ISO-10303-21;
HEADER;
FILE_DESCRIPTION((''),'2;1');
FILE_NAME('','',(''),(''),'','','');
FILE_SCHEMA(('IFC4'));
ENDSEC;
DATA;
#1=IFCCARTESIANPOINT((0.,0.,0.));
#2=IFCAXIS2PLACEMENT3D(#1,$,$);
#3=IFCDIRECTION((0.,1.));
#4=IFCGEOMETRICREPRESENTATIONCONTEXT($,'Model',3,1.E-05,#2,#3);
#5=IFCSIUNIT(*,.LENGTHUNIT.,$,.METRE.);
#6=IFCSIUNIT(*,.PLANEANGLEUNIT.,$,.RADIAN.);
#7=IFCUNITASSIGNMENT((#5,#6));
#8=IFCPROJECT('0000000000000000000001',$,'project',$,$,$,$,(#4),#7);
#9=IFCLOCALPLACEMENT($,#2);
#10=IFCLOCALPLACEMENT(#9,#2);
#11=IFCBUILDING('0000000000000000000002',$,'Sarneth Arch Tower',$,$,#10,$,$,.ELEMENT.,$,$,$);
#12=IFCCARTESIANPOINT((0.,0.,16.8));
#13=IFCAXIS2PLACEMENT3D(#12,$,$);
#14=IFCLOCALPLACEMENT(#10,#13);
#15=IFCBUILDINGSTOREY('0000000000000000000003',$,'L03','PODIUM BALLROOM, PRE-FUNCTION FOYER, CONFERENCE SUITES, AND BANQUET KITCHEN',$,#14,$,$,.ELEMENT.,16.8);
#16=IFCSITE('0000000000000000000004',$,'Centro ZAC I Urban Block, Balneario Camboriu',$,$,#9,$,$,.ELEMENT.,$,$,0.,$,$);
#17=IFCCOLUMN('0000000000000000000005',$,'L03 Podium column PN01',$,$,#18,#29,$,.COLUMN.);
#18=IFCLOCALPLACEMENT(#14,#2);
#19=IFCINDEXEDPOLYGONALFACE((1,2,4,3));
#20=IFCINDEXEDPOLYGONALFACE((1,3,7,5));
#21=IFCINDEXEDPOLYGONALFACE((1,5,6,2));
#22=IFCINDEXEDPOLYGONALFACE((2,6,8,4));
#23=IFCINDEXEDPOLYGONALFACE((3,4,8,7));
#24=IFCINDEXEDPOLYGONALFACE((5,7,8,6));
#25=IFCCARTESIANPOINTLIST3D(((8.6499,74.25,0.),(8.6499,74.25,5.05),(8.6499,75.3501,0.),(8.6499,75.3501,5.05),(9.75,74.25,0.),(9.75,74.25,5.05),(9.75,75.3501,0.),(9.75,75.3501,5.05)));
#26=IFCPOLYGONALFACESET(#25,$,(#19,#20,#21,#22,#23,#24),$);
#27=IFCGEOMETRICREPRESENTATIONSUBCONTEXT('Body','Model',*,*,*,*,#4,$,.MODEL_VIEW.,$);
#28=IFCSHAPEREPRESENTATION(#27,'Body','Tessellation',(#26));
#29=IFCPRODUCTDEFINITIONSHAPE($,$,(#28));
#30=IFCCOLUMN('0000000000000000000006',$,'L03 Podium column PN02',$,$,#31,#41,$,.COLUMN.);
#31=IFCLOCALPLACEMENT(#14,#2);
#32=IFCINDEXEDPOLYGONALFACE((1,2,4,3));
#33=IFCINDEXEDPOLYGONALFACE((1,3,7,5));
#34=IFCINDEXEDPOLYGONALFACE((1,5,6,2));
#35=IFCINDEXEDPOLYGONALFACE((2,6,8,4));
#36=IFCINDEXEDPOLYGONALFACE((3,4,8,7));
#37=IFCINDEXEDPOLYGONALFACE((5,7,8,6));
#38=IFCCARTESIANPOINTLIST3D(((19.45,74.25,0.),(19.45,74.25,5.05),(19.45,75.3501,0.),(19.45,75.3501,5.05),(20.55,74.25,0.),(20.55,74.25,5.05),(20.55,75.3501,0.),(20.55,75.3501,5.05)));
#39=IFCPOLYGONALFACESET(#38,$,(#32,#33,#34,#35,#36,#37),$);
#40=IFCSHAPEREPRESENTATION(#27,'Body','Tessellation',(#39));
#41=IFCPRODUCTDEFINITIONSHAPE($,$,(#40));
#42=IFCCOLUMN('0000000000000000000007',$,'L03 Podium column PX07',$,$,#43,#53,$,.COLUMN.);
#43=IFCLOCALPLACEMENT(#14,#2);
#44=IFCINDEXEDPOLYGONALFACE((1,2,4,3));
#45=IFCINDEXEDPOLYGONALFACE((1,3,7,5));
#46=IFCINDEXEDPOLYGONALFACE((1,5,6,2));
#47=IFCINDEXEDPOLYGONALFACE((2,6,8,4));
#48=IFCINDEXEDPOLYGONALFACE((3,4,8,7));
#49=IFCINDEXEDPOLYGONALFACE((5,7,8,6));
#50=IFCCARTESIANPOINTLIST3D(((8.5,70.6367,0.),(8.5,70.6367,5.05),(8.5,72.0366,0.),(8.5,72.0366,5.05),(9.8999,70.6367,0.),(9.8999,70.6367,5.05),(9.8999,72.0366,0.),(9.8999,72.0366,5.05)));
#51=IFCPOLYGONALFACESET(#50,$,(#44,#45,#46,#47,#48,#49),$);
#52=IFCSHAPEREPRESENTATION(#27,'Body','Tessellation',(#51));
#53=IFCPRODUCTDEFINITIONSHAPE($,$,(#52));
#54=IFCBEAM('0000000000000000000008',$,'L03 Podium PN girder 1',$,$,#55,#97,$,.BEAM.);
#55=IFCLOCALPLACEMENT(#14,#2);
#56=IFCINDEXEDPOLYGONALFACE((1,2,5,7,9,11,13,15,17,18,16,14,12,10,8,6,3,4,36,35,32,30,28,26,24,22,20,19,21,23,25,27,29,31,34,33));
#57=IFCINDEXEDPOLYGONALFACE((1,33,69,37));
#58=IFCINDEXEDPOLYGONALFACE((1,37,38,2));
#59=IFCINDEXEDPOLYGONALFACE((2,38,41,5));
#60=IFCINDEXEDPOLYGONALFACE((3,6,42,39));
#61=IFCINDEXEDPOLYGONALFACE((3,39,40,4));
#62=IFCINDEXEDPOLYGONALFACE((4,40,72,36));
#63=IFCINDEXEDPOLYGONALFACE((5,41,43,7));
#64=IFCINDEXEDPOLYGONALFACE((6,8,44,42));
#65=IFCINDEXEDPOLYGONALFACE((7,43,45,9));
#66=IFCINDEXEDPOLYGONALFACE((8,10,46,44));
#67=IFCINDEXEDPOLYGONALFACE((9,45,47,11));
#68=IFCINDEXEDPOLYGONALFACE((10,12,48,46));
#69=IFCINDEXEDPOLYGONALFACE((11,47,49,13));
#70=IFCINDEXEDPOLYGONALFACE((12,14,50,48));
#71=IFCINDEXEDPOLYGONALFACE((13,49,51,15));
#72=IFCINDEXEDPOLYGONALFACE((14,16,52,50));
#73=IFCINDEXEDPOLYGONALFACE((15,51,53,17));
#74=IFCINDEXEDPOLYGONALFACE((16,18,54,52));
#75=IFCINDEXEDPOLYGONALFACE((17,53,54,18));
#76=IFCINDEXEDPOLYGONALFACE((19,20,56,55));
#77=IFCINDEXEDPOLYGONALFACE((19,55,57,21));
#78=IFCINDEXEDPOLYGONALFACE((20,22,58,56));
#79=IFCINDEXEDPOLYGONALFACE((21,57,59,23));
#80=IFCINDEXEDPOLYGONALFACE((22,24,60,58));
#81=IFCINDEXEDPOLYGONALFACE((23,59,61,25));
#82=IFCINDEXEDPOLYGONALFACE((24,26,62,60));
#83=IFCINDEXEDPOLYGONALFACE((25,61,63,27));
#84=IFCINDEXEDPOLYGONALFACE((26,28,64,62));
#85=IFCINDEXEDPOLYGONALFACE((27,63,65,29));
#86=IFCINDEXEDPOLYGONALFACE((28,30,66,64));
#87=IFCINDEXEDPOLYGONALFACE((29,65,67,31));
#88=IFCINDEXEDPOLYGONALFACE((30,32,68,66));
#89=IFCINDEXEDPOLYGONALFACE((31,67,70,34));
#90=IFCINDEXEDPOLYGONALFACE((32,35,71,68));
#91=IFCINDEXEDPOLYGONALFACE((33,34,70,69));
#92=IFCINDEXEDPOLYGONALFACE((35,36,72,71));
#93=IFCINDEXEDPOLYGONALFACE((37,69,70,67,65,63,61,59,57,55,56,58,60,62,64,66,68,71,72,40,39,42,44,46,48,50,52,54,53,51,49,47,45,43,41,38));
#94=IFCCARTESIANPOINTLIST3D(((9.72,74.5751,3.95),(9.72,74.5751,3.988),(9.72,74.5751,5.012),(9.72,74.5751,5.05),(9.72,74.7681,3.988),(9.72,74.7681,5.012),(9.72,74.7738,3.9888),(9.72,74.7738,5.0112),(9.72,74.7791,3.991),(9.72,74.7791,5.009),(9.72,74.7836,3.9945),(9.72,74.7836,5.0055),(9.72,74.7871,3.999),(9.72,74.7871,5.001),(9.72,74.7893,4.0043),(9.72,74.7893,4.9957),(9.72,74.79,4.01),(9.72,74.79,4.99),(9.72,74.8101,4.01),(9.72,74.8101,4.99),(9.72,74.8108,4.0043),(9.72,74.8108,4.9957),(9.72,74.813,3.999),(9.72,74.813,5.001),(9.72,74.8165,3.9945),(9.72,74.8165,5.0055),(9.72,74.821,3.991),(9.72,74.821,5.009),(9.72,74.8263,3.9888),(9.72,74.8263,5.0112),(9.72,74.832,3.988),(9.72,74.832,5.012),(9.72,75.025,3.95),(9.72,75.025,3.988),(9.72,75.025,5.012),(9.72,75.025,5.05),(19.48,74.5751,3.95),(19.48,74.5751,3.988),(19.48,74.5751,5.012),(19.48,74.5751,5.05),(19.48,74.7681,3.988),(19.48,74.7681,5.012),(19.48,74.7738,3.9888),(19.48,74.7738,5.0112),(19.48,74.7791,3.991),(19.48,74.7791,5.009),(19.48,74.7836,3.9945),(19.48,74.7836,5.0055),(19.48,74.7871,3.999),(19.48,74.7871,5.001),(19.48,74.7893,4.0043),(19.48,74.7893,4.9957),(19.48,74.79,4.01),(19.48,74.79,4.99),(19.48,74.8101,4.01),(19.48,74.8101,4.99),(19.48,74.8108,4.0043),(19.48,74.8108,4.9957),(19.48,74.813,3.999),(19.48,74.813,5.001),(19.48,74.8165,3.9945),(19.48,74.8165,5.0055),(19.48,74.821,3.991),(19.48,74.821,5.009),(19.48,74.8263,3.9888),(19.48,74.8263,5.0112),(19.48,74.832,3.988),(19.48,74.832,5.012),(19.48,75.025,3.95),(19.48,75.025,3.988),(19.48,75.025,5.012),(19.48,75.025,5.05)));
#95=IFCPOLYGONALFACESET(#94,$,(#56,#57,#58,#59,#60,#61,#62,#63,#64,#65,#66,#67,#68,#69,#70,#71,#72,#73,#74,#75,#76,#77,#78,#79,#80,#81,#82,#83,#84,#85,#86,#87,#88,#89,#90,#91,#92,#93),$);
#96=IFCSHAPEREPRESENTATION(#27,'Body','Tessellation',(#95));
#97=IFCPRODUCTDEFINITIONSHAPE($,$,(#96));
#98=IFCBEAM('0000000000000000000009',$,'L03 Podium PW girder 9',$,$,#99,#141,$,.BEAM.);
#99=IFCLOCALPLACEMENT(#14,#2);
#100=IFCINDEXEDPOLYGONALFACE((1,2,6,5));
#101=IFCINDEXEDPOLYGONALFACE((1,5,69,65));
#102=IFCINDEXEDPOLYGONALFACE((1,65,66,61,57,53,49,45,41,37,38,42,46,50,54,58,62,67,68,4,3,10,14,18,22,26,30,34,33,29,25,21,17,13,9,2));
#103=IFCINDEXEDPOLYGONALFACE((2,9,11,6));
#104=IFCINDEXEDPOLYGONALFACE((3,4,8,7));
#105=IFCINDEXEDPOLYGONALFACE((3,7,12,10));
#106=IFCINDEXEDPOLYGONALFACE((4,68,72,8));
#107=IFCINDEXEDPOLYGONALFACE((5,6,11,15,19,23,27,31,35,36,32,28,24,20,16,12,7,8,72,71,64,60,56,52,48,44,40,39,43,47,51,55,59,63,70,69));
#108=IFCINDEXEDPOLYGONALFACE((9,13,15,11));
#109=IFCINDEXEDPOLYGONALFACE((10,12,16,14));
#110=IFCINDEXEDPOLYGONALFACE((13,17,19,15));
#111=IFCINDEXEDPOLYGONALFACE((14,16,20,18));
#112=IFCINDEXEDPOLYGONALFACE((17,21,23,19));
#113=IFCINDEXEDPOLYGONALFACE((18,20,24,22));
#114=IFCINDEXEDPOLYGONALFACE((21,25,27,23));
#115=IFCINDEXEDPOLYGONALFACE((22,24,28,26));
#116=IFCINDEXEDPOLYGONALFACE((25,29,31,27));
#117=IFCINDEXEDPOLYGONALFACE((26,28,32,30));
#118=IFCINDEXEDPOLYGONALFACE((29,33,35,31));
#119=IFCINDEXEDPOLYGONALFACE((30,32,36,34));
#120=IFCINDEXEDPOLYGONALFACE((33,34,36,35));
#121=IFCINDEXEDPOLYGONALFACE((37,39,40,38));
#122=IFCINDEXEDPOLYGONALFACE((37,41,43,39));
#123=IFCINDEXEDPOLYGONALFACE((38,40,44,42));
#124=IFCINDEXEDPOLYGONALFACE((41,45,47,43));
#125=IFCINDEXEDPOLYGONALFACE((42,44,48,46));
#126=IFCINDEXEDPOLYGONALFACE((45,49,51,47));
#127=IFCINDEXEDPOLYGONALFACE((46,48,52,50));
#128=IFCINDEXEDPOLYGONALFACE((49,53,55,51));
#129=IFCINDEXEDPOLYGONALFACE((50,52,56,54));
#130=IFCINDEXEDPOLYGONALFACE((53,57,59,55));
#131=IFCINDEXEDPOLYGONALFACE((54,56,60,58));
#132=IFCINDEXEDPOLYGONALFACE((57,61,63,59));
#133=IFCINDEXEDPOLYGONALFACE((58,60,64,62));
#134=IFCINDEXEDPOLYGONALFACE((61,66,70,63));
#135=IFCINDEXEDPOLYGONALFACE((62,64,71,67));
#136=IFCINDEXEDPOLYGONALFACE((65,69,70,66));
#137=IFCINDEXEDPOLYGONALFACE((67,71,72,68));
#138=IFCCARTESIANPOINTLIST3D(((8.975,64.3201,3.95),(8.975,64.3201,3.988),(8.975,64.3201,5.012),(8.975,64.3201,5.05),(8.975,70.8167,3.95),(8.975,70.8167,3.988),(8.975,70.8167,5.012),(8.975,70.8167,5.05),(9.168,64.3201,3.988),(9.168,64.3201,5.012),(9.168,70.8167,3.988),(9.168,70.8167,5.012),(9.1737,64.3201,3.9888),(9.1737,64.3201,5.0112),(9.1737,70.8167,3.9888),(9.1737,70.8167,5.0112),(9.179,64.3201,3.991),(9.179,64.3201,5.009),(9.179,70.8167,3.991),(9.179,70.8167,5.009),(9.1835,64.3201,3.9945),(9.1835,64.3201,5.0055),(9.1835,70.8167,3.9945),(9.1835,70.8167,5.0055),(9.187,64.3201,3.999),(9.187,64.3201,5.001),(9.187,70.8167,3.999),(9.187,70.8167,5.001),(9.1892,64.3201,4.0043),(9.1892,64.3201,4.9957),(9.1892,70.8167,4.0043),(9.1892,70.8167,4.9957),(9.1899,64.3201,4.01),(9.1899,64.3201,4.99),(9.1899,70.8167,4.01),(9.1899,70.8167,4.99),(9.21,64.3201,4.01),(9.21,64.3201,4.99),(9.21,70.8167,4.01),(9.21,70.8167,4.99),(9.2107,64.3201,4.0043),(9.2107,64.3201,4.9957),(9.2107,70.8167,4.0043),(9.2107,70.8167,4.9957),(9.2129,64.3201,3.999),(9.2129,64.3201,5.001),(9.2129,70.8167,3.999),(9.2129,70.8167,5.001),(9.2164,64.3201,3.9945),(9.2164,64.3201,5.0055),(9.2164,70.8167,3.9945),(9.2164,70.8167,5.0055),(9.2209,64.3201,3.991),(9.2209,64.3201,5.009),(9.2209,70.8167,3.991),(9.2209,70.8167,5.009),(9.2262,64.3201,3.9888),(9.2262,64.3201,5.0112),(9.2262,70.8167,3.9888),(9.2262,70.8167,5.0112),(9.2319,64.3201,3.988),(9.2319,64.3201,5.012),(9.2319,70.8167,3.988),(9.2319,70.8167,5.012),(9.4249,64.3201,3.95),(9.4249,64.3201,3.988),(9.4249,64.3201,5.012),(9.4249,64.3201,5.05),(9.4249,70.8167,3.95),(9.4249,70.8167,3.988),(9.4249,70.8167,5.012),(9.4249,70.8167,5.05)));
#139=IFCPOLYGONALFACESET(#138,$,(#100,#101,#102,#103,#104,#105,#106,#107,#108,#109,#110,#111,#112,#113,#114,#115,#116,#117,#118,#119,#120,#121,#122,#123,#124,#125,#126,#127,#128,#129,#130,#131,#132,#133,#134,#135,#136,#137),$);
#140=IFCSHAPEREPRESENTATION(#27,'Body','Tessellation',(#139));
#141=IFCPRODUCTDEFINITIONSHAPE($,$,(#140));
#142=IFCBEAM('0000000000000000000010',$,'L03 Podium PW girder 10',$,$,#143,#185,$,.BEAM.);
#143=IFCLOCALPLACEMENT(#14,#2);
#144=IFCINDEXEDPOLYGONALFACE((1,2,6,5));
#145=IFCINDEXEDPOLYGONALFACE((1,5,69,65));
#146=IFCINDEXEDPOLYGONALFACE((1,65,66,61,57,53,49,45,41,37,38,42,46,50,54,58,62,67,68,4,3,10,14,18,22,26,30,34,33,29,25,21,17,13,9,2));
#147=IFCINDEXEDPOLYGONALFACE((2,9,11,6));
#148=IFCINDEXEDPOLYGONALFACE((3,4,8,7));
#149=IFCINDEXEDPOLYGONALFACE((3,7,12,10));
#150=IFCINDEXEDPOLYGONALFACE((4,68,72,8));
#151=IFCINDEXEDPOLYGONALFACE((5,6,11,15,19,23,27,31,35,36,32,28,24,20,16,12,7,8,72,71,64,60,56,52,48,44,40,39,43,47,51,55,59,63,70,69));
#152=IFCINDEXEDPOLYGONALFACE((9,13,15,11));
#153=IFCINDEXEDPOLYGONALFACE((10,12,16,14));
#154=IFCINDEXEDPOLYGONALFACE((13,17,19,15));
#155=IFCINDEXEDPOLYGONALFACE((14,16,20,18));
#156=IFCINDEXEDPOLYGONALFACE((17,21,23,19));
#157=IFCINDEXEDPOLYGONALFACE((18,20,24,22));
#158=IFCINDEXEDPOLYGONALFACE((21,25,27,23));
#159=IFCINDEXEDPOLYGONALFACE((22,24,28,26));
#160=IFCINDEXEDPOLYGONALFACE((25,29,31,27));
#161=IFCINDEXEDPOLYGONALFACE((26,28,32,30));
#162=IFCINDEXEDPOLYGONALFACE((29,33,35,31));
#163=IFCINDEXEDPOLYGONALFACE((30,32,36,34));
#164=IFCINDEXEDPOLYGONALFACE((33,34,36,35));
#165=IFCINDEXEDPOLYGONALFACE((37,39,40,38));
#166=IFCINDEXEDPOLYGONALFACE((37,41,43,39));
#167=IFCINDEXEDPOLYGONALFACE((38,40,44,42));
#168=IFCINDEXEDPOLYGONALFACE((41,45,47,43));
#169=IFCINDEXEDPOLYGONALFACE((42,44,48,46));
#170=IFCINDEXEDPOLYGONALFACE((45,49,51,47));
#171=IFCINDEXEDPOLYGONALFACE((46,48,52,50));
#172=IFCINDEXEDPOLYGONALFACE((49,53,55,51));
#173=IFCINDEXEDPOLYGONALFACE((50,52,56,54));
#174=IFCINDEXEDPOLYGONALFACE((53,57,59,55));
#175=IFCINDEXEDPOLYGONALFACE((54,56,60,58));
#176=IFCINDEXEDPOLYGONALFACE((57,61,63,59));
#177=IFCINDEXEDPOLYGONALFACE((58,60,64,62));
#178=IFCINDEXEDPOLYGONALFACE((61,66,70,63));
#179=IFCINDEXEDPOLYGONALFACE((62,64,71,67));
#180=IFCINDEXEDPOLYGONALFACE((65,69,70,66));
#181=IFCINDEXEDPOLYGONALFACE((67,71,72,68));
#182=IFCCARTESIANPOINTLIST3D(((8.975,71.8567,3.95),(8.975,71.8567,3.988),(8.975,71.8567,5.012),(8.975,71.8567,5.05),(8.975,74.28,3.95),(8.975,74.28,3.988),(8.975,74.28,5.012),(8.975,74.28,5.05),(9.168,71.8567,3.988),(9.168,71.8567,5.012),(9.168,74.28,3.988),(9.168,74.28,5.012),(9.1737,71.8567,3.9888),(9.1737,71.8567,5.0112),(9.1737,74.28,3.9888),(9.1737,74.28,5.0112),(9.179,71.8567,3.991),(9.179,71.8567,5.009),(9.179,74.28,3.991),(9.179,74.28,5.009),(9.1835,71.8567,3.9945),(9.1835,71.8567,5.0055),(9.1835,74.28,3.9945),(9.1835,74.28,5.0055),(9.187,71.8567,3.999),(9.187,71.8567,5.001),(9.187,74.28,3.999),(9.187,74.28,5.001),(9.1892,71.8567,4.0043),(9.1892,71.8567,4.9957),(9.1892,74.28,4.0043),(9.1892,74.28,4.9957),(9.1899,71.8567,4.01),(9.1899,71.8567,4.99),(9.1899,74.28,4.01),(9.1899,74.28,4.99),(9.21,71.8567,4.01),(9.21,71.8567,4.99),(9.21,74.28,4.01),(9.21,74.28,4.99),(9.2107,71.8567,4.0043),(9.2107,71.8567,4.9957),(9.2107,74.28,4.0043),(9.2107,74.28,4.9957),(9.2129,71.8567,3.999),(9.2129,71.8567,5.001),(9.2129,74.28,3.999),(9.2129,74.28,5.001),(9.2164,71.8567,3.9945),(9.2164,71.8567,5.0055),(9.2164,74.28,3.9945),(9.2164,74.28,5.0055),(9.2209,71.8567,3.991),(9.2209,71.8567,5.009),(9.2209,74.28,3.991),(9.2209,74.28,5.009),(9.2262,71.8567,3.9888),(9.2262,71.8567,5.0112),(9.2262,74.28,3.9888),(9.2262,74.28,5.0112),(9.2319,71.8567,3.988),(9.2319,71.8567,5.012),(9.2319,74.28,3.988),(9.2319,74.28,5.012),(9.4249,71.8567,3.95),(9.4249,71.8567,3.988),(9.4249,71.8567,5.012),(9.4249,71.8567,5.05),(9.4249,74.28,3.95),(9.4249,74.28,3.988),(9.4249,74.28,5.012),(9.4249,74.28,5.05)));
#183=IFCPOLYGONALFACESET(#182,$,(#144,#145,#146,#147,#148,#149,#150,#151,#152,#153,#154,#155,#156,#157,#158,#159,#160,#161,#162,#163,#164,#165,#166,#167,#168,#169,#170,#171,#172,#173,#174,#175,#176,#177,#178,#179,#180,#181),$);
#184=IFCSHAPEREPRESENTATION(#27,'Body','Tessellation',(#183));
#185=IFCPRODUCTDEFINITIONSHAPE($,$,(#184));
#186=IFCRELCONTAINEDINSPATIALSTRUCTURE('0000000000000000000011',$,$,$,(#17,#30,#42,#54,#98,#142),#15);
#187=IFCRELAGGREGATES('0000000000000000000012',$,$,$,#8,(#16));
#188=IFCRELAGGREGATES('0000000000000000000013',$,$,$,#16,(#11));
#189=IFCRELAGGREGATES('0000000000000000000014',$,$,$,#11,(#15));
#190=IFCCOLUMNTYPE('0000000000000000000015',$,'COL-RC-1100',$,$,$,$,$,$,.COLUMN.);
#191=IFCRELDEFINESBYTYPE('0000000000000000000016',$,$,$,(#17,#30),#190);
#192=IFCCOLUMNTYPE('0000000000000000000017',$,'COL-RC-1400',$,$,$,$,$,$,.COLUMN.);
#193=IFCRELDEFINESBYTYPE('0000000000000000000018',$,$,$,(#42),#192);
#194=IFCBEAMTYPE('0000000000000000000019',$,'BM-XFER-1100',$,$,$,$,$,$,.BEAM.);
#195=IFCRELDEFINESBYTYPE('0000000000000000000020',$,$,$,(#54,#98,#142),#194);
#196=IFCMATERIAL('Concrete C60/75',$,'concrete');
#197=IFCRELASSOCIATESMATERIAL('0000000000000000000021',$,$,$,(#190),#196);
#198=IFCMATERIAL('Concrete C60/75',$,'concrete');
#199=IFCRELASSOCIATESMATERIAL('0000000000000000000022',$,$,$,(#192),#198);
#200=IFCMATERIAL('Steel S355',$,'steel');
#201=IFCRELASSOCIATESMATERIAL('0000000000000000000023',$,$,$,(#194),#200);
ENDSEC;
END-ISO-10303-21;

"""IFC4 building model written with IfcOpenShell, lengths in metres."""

from ifc_helpers import new_model, si_unit, direction, frame, origin, origin_2d, place, context, subcontext, project, spatial, rectangle, i_section, extrude, material, material_profile, profile_set, type_object, element, save


model = new_model("IFC4")

# Units and contexts
model_context = context("Model", 3, precision=1e-05, world=origin(), true_north=direction((0.0, 1.0)))
body_context = subcontext(model_context, "Body", "Model", "MODEL_VIEW")
ifc_project = project(units=[si_unit("LENGTHUNIT", "METRE"), si_unit("PLANEANGLEUNIT", "RADIAN")], contexts=[model_context])

# Site, building, storey
site_placement = place(None, origin())
site = spatial("IfcSite", under=ifc_project, at=site_placement, Name="Centro ZAC I Urban Block, Balneario Camboriu", CompositionType="ELEMENT", RefElevation=0.0)
building_placement = place(site_placement, origin())
building = spatial("IfcBuilding", under=site, at=building_placement, Name="Sarneth Arch Tower", CompositionType="ELEMENT")
storey_placement = place(building_placement, frame((0.0, 0.0, 16.8)))
storey = spatial("IfcBuildingStorey", under=building, at=storey_placement, Name="L03", Description="PODIUM BALLROOM, PRE-FUNCTION FOYER, CONFERENCE SUITES, AND BANQUET KITCHEN", CompositionType="ELEMENT", Elevation=16.8)

# Columns
ifc_material_1 = material(Name="Concrete C60/75", Category="concrete")
ifc_material_profile_1 = material_profile(ifc_material_1, rectangle(XDim=1.1001, YDim=1.1001, at=origin_2d()), Name="RC-1100x1100")
ifc_profile_set_1 = profile_set([ifc_material_profile_1], Name="Concrete C60/75")
column_type_1 = type_object("IfcColumnType", Name="COL-RC-1100", PredefinedType="COLUMN", material=ifc_profile_set_1)
for number, where, z_axis, x_axis, name in (
    (1, (9.2, 74.8, 0.0), (0.0, 0.0, 1.0), (1.0, 0.0, 0.0), "L03 Podium column PN01"),
    (2, (20.0, 74.8, 0.0), (0.0, 0.0, 1.0), (1.0, 0.0, 0.0), "L03 Podium column PN02"),
):
    element("IfcColumn", number, at=place(storey_placement, frame(where, z_axis=z_axis, x_axis=x_axis)), inside=storey, type_object=column_type_1, Name=name, PredefinedType="COLUMN", context=body_context, shape_type="SweptSolid", body=[
        extrude(rectangle(XDim=1.1001, YDim=1.1001, at=origin_2d()), origin(), (0.0, 0.0, 1.0), 5.05),
    ])
ifc_material_2 = material(Name="Concrete C60/75", Category="concrete")
ifc_material_profile_2 = material_profile(ifc_material_2, rectangle(XDim=1.3999, YDim=1.3999, at=origin_2d()), Name="RC-1400x1400")
ifc_profile_set_2 = profile_set([ifc_material_profile_2], Name="Concrete C60/75")
column_type_2 = type_object("IfcColumnType", Name="COL-RC-1400", PredefinedType="COLUMN", material=ifc_profile_set_2)
column_placement = place(storey_placement, frame((9.2, 71.3367, 0.0), z_axis=(0.0, 0.0, 1.0), x_axis=(1.0, 0.0, 0.0)))
element("IfcColumn", 3, at=column_placement, inside=storey, type_object=column_type_2, Name="L03 Podium column PX07", PredefinedType="COLUMN", context=body_context, shape_type="SweptSolid", body=[
    extrude(rectangle(XDim=1.3999, YDim=1.3999, at=origin_2d()), origin(), (0.0, 0.0, 1.0), 5.05),
])

# Beams
ifc_material_3 = material(Name="Steel S355", Category="steel")
ifc_material_profile_3 = material_profile(ifc_material_3, i_section(OverallWidth=0.45, OverallDepth=1.1001, WebThickness=0.02, FlangeThickness=0.0381, FilletRadius=0.022, at=origin_2d()), Name="CVS1100x456")
ifc_profile_set_3 = profile_set([ifc_material_profile_3], Name="Steel S355")
beam_type = type_object("IfcBeamType", Name="BM-XFER-1100", PredefinedType="BEAM", material=ifc_profile_set_3)
beam_1_placement = place(storey_placement, frame((9.72, 74.8, 4.5), z_axis=(1.0, 0.0, 0.0), x_axis=(0.0, 1.0, 0.0)))
element("IfcBeam", 4, at=beam_1_placement, inside=storey, type_object=beam_type, Name="L03 Podium PN girder 1", PredefinedType="BEAM", context=body_context, shape_type="SweptSolid", body=[
    extrude(i_section(OverallWidth=0.45, OverallDepth=1.1001, WebThickness=0.02, FlangeThickness=0.0381, FilletRadius=0.022, at=origin_2d()), origin(), (0.0, 0.0, 1.0), 9.76),
])
beam_2_placement = place(storey_placement, frame((9.2, 64.3201, 4.5), z_axis=(0.0, 1.0, 0.0), x_axis=(-1.0, 0.0, 0.0)))
element("IfcBeam", 5, at=beam_2_placement, inside=storey, type_object=beam_type, Name="L03 Podium PW girder 9", PredefinedType="BEAM", context=body_context, shape_type="SweptSolid", body=[
    extrude(i_section(OverallWidth=0.45, OverallDepth=1.1001, WebThickness=0.02, FlangeThickness=0.0381, FilletRadius=0.022, at=origin_2d()), origin(), (0.0, 0.0, 1.0), 6.4966),
])
beam_3_placement = place(storey_placement, frame((9.2, 71.8567, 4.5), z_axis=(0.0, 1.0, 0.0), x_axis=(-1.0, 0.0, 0.0)))
element("IfcBeam", 6, at=beam_3_placement, inside=storey, type_object=beam_type, Name="L03 Podium PW girder 10", PredefinedType="BEAM", context=body_context, shape_type="SweptSolid", body=[
    extrude(i_section(OverallWidth=0.45, OverallDepth=1.1001, WebThickness=0.02, FlangeThickness=0.0381, FilletRadius=0.022, at=origin_2d()), origin(), (0.0, 0.0, 1.0), 2.4233),
])

save(model, "model.ifc")
